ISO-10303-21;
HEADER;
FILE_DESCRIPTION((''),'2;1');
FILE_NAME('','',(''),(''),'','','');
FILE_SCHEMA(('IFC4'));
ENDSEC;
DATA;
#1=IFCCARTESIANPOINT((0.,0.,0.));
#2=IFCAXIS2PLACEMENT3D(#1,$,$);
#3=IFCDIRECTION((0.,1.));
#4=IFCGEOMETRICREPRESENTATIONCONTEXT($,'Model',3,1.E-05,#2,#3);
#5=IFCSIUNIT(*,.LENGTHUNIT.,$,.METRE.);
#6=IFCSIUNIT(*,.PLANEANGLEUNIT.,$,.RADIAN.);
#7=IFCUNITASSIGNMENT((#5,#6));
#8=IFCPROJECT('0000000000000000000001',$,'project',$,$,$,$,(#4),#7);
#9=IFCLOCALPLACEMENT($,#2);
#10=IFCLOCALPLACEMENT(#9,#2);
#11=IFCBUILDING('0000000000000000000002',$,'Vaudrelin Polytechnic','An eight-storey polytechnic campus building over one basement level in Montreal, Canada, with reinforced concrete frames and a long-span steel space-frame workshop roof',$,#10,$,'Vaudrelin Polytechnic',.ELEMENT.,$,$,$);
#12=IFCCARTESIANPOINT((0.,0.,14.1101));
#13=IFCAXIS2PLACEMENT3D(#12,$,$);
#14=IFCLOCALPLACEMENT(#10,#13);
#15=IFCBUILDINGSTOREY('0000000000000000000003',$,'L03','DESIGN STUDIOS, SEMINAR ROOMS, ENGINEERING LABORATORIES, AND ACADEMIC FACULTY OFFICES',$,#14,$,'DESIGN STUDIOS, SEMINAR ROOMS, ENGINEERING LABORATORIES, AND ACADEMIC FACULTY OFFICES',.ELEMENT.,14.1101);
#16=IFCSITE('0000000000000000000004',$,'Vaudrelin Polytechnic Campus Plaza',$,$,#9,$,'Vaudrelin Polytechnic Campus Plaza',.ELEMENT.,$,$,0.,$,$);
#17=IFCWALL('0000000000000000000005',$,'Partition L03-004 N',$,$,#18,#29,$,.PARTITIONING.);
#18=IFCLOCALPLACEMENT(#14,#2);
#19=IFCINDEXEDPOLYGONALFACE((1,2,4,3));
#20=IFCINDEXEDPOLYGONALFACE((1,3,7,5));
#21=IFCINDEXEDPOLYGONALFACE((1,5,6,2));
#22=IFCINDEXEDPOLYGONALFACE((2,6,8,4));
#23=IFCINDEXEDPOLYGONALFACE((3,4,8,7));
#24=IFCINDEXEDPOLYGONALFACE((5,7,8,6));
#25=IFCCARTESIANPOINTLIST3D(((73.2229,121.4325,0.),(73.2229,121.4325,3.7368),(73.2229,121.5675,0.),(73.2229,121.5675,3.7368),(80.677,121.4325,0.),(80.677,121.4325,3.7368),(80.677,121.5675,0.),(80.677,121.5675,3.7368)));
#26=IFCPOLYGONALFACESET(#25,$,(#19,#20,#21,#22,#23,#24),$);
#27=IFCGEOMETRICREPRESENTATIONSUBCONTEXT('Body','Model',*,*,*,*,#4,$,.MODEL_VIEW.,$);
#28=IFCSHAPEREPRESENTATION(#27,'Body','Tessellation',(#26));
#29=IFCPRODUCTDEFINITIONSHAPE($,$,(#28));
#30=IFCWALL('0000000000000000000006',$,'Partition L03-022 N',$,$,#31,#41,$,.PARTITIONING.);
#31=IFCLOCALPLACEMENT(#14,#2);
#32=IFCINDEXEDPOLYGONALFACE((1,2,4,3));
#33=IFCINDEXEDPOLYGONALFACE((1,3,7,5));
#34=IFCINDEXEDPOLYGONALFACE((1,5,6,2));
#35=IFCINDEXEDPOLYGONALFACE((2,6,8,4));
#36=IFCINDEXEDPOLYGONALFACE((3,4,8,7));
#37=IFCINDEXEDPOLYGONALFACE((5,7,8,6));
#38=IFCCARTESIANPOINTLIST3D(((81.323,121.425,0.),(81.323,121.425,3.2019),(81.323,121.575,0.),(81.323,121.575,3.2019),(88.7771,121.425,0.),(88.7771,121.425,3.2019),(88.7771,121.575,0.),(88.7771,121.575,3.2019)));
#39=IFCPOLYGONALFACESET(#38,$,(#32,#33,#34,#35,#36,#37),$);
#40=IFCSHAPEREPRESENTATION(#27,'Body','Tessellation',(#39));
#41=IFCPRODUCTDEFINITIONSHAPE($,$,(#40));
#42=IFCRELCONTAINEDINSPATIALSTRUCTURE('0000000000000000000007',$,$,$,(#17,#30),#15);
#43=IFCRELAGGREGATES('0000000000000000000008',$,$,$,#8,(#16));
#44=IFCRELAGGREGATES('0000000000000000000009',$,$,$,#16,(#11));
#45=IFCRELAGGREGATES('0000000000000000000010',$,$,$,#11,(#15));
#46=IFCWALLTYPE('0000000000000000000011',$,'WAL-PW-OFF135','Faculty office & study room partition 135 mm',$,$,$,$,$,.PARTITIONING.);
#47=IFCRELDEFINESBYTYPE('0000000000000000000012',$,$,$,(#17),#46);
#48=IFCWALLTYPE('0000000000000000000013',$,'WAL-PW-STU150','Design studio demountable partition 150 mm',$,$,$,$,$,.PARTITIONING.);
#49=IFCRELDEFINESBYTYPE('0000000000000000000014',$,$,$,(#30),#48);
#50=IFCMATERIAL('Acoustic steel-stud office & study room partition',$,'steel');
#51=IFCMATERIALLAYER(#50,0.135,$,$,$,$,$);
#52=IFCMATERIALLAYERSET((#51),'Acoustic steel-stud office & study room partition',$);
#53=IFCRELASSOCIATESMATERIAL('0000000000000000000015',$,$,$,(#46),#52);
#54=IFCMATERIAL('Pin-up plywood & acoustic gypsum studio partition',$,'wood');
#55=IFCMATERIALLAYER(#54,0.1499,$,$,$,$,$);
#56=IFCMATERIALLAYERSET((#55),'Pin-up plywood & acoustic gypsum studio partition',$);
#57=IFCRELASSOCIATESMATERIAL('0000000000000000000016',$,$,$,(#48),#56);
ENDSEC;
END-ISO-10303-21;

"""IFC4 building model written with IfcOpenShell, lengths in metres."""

from ifc_helpers import new_model, si_unit, direction, frame, frame_2d, origin, place, context, subcontext, project, spatial, rectangle, extrude, material, layer, layer_set, type_object, element, save


model = new_model("IFC4")

# Units and contexts
model_context = context("Model", 3, precision=1e-05, world=origin(), true_north=direction((0.0, 1.0)))
body_context = subcontext(model_context, "Body", "Model", "MODEL_VIEW")
ifc_project = project(units=[si_unit("LENGTHUNIT", "METRE"), si_unit("PLANEANGLEUNIT", "RADIAN")], contexts=[model_context])

# Site, building, storey
site_placement = place(None, origin())
site = spatial("IfcSite", under=ifc_project, at=site_placement, Name="Vaudrelin Polytechnic Campus Plaza", LongName="Vaudrelin Polytechnic Campus Plaza", CompositionType="ELEMENT", RefElevation=0.0)
building_placement = place(site_placement, origin())
building = spatial("IfcBuilding", under=site, at=building_placement, Name="Vaudrelin Polytechnic", Description="An eight-storey polytechnic campus building over one basement level in Montreal, Canada, with reinforced concrete frames and a long-span steel space-frame workshop roof", LongName="Vaudrelin Polytechnic", CompositionType="ELEMENT")
storey_placement = place(building_placement, frame((0.0, 0.0, 14.1101)))
storey = spatial("IfcBuildingStorey", under=building, at=storey_placement, Name="L03", Description="DESIGN STUDIOS, SEMINAR ROOMS, ENGINEERING LABORATORIES, AND ACADEMIC FACULTY OFFICES", LongName="DESIGN STUDIOS, SEMINAR ROOMS, ENGINEERING LABORATORIES, AND ACADEMIC FACULTY OFFICES", CompositionType="ELEMENT", Elevation=14.1101)

# Walls
ifc_material_1 = material(Name="Acoustic steel-stud office & study room partition", Category="steel")
ifc_layer_1 = layer(ifc_material_1, 0.135)
ifc_layer_set_1 = layer_set([ifc_layer_1], Name="Acoustic steel-stud office & study room partition")
wall_type_1 = type_object("IfcWallType", Name="WAL-PW-OFF135", Description="Faculty office & study room partition 135 mm", PredefinedType="PARTITIONING", material=ifc_layer_set_1)
wall_1_placement = place(storey_placement, frame((73.2229, 121.5, 0.0), z_axis=(0.0, 0.0, 1.0), x_axis=(1.0, 0.0, 0.0)))
element("IfcWall", 1, at=wall_1_placement, inside=storey, type_object=wall_type_1, Name="Partition L03-004 N", PredefinedType="PARTITIONING", context=body_context, shape_type="SweptSolid", body=[
    extrude(rectangle(XDim=7.4541, YDim=0.135, at=frame_2d((3.7271, 0.0))), origin(), (0.0, 0.0, 1.0), 3.7368),
])
ifc_material_2 = material(Name="Pin-up plywood & acoustic gypsum studio partition", Category="wood")
ifc_layer_2 = layer(ifc_material_2, 0.1499)
ifc_layer_set_2 = layer_set([ifc_layer_2], Name="Pin-up plywood & acoustic gypsum studio partition")
wall_type_2 = type_object("IfcWallType", Name="WAL-PW-STU150", Description="Design studio demountable partition 150 mm", PredefinedType="PARTITIONING", material=ifc_layer_set_2)
wall_2_placement = place(storey_placement, frame((81.323, 121.5, 0.0), z_axis=(0.0, 0.0, 1.0), x_axis=(1.0, 0.0, 0.0)))
element("IfcWall", 2, at=wall_2_placement, inside=storey, type_object=wall_type_2, Name="Partition L03-022 N", PredefinedType="PARTITIONING", context=body_context, shape_type="SweptSolid", body=[
    extrude(rectangle(XDim=7.4541, YDim=0.1499, at=frame_2d((3.7271, 0.0))), origin(), (0.0, 0.0, 1.0), 3.2019),
])

save(model, "model.ifc")
